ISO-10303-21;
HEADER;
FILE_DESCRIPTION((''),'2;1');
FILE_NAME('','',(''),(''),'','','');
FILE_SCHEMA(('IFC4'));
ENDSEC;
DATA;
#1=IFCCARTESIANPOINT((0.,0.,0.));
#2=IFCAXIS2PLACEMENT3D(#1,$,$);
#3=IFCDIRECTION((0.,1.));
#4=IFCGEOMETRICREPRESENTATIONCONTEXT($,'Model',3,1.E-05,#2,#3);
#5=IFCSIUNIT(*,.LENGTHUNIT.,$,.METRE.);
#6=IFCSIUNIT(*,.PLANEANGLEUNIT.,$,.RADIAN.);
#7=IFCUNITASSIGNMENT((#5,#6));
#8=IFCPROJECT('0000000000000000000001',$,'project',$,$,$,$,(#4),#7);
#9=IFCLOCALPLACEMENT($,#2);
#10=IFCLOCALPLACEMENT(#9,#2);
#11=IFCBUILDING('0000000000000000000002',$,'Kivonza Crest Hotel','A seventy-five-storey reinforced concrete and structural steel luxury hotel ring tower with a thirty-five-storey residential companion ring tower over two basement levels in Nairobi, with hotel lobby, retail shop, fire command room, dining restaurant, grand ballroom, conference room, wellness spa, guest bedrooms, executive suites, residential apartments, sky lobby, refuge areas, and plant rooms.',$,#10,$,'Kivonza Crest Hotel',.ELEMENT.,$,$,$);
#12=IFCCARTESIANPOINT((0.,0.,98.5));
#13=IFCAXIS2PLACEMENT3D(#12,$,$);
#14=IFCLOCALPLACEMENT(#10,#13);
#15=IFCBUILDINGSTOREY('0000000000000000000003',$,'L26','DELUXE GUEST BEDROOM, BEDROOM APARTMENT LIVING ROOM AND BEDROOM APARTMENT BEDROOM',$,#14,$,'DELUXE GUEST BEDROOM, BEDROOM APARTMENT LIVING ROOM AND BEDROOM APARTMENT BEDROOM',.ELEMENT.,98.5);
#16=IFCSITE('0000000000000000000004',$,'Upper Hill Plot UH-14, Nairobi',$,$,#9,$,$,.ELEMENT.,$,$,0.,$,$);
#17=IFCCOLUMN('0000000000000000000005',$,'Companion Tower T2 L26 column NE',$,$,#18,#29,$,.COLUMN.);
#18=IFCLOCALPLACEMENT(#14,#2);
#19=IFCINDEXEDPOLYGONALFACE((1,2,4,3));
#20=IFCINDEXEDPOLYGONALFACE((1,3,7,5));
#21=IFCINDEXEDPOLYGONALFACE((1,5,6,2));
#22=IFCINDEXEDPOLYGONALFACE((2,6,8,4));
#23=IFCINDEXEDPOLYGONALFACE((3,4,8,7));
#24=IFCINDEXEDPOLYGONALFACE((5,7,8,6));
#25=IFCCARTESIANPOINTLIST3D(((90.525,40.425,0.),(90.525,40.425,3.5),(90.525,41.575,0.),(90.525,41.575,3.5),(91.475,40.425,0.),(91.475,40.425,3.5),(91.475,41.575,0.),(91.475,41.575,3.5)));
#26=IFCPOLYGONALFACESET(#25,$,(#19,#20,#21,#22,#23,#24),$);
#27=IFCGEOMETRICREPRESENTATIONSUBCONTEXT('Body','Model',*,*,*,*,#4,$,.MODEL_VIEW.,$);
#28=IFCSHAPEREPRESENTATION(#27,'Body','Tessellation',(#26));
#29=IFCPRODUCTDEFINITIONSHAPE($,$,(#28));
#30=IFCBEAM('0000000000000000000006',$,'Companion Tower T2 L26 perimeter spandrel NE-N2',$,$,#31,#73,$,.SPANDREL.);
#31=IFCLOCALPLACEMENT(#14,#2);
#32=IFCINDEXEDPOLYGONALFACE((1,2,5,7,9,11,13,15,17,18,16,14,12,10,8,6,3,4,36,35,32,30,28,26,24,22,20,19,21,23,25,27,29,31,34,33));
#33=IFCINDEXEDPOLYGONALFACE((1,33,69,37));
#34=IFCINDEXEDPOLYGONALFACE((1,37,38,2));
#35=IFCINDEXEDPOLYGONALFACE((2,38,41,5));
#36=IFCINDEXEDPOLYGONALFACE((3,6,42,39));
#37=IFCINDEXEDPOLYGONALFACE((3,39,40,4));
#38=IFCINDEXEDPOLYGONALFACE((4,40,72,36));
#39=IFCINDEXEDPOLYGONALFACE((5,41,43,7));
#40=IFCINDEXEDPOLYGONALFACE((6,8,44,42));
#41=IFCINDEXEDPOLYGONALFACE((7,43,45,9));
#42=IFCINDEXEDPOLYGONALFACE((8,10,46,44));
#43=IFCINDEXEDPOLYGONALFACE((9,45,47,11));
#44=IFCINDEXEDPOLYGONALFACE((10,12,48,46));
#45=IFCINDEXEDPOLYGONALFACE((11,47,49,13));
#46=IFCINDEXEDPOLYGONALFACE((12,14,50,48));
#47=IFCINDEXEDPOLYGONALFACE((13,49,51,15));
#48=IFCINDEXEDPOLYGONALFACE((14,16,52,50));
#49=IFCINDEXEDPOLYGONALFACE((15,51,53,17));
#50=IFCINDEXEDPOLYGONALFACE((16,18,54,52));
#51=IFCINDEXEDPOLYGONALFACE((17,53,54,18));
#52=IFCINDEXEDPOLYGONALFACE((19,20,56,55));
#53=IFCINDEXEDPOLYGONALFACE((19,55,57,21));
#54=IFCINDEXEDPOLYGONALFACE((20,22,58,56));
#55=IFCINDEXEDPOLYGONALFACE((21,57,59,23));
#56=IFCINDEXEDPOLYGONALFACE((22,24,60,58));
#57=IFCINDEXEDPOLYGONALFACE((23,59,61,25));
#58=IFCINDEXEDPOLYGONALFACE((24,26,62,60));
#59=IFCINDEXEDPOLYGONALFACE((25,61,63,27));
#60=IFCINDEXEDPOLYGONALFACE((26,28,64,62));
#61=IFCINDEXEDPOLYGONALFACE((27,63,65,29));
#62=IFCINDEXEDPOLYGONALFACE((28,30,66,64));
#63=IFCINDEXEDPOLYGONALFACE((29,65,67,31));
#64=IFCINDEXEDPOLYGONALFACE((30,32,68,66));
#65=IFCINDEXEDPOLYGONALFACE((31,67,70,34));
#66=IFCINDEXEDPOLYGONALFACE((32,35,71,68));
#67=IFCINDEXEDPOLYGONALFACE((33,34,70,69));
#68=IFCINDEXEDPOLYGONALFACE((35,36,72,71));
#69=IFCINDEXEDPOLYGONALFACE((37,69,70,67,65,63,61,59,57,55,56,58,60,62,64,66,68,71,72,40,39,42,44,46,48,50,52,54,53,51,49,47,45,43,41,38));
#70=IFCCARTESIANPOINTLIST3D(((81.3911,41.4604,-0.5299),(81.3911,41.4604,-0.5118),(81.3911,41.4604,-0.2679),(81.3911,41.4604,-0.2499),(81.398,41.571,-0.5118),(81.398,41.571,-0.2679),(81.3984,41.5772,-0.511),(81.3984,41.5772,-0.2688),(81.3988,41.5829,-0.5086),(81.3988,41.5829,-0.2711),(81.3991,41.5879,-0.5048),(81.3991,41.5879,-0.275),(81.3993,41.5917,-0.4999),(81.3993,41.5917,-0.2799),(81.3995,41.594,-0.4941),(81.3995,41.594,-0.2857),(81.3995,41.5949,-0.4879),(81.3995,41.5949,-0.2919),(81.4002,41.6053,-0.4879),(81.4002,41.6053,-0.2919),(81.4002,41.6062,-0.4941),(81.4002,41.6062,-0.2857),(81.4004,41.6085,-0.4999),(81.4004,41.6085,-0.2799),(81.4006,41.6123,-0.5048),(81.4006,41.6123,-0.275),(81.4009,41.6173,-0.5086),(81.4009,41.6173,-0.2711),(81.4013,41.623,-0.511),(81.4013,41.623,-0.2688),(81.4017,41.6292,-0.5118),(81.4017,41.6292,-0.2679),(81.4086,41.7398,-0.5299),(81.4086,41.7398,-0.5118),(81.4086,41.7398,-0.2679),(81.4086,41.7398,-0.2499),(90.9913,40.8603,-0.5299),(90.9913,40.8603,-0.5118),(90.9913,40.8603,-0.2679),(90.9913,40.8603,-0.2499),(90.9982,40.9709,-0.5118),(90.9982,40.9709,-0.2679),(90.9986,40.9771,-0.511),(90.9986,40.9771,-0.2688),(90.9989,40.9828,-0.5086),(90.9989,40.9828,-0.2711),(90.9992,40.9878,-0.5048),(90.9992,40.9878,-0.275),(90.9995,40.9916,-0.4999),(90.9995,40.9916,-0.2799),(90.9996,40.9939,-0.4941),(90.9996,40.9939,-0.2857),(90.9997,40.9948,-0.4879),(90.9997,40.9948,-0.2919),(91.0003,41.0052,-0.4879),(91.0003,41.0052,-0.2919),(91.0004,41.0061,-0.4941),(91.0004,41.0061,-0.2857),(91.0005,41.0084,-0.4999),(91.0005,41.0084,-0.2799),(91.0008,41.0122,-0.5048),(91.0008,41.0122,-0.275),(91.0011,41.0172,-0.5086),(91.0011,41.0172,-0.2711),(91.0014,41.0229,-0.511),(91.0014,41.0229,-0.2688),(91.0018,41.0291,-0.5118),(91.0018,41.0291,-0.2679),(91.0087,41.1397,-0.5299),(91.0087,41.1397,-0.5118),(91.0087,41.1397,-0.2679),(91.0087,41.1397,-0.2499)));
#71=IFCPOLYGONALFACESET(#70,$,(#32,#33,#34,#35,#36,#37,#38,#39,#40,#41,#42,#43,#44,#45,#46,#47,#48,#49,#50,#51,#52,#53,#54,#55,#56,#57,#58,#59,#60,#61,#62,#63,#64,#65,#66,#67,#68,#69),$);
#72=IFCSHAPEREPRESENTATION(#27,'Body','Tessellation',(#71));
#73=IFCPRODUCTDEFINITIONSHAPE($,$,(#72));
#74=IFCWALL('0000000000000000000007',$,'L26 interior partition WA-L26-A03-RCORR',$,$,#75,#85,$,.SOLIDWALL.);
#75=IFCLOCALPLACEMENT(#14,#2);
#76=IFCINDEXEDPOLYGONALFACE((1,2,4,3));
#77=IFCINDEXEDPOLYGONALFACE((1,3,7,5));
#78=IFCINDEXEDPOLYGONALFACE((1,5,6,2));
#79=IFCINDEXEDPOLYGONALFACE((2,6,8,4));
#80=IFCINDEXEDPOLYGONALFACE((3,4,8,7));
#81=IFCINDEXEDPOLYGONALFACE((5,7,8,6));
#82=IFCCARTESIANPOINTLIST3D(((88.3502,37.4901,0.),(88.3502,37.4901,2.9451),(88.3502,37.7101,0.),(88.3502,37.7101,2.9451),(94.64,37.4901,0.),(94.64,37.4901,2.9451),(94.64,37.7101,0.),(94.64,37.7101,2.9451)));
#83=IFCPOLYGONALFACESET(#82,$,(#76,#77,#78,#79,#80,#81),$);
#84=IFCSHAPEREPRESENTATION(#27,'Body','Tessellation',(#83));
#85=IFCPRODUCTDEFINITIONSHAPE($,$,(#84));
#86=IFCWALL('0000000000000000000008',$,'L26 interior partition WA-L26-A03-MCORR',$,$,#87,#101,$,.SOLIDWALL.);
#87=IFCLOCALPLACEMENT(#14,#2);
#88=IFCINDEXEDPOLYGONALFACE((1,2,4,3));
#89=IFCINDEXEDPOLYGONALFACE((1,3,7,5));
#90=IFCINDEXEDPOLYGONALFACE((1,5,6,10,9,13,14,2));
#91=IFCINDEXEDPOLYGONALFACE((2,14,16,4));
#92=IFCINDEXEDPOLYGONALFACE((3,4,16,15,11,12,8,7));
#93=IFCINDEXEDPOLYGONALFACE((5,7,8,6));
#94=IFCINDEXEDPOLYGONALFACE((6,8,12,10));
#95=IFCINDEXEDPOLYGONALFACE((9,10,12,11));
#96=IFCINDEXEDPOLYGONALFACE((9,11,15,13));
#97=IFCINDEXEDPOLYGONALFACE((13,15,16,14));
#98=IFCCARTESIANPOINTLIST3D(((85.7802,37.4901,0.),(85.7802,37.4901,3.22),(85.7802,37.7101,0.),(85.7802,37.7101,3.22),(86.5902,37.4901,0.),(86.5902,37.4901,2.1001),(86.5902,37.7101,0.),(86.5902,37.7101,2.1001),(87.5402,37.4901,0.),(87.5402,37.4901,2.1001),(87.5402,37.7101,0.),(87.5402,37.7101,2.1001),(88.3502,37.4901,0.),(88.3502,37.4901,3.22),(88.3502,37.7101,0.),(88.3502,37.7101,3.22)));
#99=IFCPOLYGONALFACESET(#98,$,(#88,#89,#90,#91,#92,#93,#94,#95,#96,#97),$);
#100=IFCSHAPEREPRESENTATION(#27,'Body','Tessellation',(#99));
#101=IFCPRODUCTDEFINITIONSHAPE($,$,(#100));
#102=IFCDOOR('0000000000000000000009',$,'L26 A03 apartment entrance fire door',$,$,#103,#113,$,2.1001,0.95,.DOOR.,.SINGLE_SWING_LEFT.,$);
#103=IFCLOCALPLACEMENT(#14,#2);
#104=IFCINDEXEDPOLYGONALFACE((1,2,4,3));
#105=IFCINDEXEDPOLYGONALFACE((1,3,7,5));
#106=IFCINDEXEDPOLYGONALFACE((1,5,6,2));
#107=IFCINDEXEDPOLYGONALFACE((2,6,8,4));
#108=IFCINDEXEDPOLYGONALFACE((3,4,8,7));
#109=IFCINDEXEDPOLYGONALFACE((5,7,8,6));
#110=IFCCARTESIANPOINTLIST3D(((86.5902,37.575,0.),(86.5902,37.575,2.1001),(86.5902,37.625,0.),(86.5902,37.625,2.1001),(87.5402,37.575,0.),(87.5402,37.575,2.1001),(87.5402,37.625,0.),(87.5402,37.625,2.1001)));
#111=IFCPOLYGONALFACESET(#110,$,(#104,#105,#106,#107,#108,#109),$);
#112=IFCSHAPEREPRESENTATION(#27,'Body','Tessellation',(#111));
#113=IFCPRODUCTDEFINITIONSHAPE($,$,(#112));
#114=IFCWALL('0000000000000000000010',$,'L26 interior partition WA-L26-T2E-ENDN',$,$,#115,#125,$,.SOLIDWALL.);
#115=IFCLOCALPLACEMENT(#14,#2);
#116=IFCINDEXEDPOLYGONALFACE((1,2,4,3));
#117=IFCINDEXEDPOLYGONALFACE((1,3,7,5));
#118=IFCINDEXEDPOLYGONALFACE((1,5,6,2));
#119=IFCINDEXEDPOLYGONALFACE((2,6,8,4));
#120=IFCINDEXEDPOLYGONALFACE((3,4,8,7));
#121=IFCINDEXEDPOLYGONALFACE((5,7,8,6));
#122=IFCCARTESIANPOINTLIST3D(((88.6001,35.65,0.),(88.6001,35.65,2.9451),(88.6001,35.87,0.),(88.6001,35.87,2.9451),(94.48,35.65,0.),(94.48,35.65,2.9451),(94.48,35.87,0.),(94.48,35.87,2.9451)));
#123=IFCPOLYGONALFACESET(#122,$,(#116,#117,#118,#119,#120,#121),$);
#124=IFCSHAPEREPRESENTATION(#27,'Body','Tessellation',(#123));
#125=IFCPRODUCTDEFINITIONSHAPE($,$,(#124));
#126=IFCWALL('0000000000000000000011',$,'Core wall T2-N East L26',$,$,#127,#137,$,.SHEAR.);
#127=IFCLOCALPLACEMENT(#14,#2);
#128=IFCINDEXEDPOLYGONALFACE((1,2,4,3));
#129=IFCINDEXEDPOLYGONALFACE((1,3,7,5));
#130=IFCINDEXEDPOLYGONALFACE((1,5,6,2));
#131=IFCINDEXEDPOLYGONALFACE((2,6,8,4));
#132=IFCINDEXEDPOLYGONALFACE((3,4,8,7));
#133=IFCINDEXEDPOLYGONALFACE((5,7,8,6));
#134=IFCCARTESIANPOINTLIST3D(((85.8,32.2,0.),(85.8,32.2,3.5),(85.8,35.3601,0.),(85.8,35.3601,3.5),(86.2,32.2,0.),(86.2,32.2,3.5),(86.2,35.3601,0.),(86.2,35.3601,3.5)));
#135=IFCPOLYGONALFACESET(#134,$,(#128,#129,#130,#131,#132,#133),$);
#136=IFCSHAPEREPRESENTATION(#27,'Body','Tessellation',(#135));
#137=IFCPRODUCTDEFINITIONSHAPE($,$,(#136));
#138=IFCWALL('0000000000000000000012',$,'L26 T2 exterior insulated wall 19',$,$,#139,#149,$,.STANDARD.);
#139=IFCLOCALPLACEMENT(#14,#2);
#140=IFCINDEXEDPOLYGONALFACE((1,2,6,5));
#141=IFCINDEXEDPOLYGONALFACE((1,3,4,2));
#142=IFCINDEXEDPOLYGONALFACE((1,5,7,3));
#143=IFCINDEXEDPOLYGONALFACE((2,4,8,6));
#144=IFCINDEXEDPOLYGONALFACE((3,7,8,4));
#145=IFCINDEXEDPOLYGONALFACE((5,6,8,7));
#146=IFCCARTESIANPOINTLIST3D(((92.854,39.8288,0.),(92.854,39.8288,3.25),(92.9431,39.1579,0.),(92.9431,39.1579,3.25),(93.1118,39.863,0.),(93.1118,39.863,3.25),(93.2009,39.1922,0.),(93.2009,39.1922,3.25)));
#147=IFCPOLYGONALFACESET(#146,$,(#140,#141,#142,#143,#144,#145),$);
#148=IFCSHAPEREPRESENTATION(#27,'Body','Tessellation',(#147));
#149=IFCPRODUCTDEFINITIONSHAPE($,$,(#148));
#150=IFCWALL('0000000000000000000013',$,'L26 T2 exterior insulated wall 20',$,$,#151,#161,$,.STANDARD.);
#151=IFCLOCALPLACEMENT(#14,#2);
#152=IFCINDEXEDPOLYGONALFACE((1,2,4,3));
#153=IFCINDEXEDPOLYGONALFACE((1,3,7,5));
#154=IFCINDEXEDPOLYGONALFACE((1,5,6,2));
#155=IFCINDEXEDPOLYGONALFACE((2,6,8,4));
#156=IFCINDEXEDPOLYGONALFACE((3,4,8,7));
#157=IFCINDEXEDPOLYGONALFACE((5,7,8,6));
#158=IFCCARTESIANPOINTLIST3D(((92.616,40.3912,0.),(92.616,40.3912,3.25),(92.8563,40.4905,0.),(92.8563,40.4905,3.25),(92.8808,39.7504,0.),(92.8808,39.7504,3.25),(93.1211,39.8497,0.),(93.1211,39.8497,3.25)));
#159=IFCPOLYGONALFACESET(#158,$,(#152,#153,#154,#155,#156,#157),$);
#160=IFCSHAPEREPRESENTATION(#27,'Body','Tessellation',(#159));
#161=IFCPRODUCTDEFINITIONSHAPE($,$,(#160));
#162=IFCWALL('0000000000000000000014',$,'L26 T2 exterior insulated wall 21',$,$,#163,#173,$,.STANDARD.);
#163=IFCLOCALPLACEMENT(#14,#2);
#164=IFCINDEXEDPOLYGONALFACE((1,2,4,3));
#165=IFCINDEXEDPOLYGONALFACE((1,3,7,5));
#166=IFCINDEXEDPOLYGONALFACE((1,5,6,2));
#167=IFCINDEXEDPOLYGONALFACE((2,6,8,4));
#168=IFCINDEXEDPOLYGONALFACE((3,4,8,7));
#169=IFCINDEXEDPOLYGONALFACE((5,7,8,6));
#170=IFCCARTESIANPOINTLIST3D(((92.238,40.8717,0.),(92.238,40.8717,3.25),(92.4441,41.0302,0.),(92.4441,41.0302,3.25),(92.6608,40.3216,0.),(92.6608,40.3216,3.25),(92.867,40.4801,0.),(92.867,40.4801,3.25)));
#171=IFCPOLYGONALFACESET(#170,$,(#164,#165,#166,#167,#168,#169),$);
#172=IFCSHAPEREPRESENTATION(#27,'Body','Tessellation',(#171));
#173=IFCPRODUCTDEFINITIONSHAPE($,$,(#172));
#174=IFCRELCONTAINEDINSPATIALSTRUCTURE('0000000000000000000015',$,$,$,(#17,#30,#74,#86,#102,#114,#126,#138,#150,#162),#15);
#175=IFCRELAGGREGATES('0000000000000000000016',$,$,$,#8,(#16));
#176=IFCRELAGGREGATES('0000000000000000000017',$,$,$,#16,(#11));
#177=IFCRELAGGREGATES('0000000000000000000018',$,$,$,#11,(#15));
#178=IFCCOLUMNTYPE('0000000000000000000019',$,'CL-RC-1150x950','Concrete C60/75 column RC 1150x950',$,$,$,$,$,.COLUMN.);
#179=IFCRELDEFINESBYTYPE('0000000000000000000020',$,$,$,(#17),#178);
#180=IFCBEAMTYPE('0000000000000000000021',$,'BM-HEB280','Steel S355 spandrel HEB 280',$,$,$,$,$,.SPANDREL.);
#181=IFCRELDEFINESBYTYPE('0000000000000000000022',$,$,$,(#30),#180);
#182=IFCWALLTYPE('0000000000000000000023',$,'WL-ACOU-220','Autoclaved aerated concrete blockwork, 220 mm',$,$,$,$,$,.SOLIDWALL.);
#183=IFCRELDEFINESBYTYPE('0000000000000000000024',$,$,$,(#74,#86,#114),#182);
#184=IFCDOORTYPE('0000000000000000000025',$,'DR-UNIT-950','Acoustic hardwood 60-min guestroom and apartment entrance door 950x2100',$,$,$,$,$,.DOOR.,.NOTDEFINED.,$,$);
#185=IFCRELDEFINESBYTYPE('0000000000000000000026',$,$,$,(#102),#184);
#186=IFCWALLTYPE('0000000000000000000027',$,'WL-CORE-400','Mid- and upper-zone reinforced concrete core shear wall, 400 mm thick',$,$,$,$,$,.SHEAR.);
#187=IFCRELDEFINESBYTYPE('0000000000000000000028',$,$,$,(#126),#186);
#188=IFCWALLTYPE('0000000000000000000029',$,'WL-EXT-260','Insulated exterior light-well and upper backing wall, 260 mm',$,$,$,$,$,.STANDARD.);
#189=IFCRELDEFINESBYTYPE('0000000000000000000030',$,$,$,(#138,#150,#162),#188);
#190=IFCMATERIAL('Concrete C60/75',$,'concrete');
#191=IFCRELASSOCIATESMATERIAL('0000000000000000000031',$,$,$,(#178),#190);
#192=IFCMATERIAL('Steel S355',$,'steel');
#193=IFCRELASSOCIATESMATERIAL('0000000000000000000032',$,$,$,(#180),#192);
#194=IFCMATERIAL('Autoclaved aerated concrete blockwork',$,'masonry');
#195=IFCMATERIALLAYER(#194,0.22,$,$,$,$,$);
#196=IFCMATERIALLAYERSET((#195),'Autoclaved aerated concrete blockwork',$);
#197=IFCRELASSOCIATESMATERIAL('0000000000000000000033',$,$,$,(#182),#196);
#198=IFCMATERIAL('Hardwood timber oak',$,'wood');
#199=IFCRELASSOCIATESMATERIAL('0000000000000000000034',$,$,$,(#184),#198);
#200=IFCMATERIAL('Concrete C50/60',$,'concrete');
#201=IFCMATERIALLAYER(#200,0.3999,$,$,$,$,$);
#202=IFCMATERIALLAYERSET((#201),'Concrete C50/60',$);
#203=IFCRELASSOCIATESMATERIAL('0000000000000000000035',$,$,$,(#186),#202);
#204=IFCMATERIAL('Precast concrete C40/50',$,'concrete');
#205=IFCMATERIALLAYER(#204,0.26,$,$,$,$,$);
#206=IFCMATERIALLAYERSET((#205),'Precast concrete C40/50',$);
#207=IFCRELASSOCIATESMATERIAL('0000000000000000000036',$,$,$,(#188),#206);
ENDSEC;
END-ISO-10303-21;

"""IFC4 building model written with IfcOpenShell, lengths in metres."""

from ifc_helpers import new_model, si_unit, direction, frame, frame_2d, origin, origin_2d, place, context, subcontext, project, spatial, rectangle, i_section, extrude, material, layer, layer_set, material_profile, profile_set, type_object, element, fill, save


model = new_model("IFC4")

# Units and contexts
model_context = context("Model", 3, precision=1e-05, world=origin(), true_north=direction((0.0, 1.0)))
body_context = subcontext(model_context, "Body", "Model", "MODEL_VIEW")
ifc_project = project(units=[si_unit("LENGTHUNIT", "METRE"), si_unit("PLANEANGLEUNIT", "RADIAN")], contexts=[model_context])

# Site, building, storey
site_placement = place(None, origin())
site = spatial("IfcSite", under=ifc_project, at=site_placement, Name="Upper Hill Plot UH-14, Nairobi", CompositionType="ELEMENT", RefElevation=0.0)
building_placement = place(site_placement, origin())
building = spatial("IfcBuilding", under=site, at=building_placement, Name="Kivonza Crest Hotel", Description="A seventy-five-storey reinforced concrete and structural steel luxury hotel ring tower with a thirty-five-storey residential companion ring tower over two basement levels in Nairobi, with hotel lobby, retail shop, fire command room, dining restaurant, grand ballroom, conference room, wellness spa, guest bedrooms, executive suites, residential apartments, sky lobby, refuge areas, and plant rooms.", LongName="Kivonza Crest Hotel", CompositionType="ELEMENT")
storey_placement = place(building_placement, frame((0.0, 0.0, 98.5)))
storey = spatial("IfcBuildingStorey", under=building, at=storey_placement, Name="L26", Description="DELUXE GUEST BEDROOM, BEDROOM APARTMENT LIVING ROOM AND BEDROOM APARTMENT BEDROOM", LongName="DELUXE GUEST BEDROOM, BEDROOM APARTMENT LIVING ROOM AND BEDROOM APARTMENT BEDROOM", CompositionType="ELEMENT", Elevation=98.5)

# Column
ifc_material_1 = material(Name="Concrete C60/75", Category="concrete")
ifc_material_profile_1 = material_profile(ifc_material_1, rectangle(XDim=0.95, YDim=1.1499, at=origin_2d()), Name="RC 1150x950")
ifc_profile_set_1 = profile_set([ifc_material_profile_1], Name="Concrete C60/75")
column_type = type_object("IfcColumnType", Name="CL-RC-1150x950", Description="Concrete C60/75 column RC 1150x950", PredefinedType="COLUMN", material=ifc_profile_set_1)
column_placement = place(storey_placement, frame((91.0, 41.0, 0.0), z_axis=(0.0, 0.0, 1.0), x_axis=(1.0, 0.0, 0.0)))
element("IfcColumn", 1, at=column_placement, inside=storey, type_object=column_type, Name="Companion Tower T2 L26 column NE", PredefinedType="COLUMN", context=body_context, shape_type="SweptSolid", body=[
    extrude(rectangle(XDim=0.95, YDim=1.1499, at=origin_2d()), origin(), (0.0, 0.0, 1.0), 3.5),
])

# Beam
ifc_material_2 = material(Name="Steel S355", Category="steel")
ifc_material_profile_2 = material_profile(ifc_material_2, i_section(OverallWidth=0.28, OverallDepth=0.28, WebThickness=0.0105, FlangeThickness=0.0181, FilletRadius=0.0239, at=origin_2d()), Name="HEB 280")
ifc_profile_set_2 = profile_set([ifc_material_profile_2], Name="Steel S355")
beam_type = type_object("IfcBeamType", Name="BM-HEB280", Description="Steel S355 spandrel HEB 280", PredefinedType="SPANDREL", material=ifc_profile_set_2)
beam_placement = place(storey_placement, frame((91.0, 41.0, -0.3899), z_axis=(-0.998052, 0.062388, 0.0), x_axis=(-0.062388, -0.998052, 0.0)))
element("IfcBeam", 2, at=beam_placement, inside=storey, type_object=beam_type, Name="Companion Tower T2 L26 perimeter spandrel NE-N2", PredefinedType="SPANDREL", context=body_context, shape_type="SweptSolid", body=[
    extrude(i_section(OverallWidth=0.28, OverallDepth=0.28, WebThickness=0.0105, FlangeThickness=0.0181, FilletRadius=0.0239, at=origin_2d()), origin(), (0.0, 0.0, 1.0), 9.6189),
])

# Wall
ifc_material_3 = material(Name="Autoclaved aerated concrete blockwork", Category="masonry")
ifc_layer_1 = layer(ifc_material_3, 0.22)
ifc_layer_set_1 = layer_set([ifc_layer_1], Name="Autoclaved aerated concrete blockwork")
wall_type_1 = type_object("IfcWallType", Name="WL-ACOU-220", Description="Autoclaved aerated concrete blockwork, 220 mm", PredefinedType="SOLIDWALL", material=ifc_layer_set_1)
wall_1_placement = place(storey_placement, frame((88.3501, 37.6001, 0.0), z_axis=(0.0, 0.0, 1.0), x_axis=(1.0, 0.0, 0.0)))
element("IfcWall", 3, at=wall_1_placement, inside=storey, type_object=wall_type_1, Name="L26 interior partition WA-L26-A03-RCORR", PredefinedType="SOLIDWALL", context=body_context, shape_type="SweptSolid", body=[
    extrude(rectangle(XDim=6.2898, YDim=0.22, at=frame_2d((3.145, 0.0))), origin(), (0.0, 0.0, 1.0), 2.9451),
])

# Wall, opening, door
wall_2_placement = place(storey_placement, frame((85.78, 37.6001, 0.0), z_axis=(0.0, 0.0, 1.0), x_axis=(1.0, 0.0, 0.0)))
wall_2 = element("IfcWall", 4, at=wall_2_placement, inside=storey, type_object=wall_type_1, Name="L26 interior partition WA-L26-A03-MCORR", PredefinedType="SOLIDWALL", context=body_context, shape_type="SweptSolid", body=[
    extrude(rectangle(XDim=2.5701, YDim=0.22, at=frame_2d((1.2852, 0.0))), origin(), (0.0, 0.0, 1.0), 3.22),
])
opening_1_placement = place(wall_2_placement, frame((0.8101, 0.0, 0.0)))
opening_1 = element("IfcOpeningElement", 5, at=opening_1_placement, cuts=wall_2, PredefinedType="OPENING", context=body_context, shape_type="SweptSolid", body=[
    extrude(rectangle(XDim=0.95, YDim=2.1001, at=frame_2d((0.4751, 1.05))), frame((0.0, 0.1201, 0.0), z_axis=(0.0, -1.0, 0.0), x_axis=(1.0, 0.0, 0.0)), (0.0, 0.0, 1.0), 0.24),
])
ifc_material_4 = material(Name="Hardwood timber oak", Category="wood")
door_type_1 = type_object("IfcDoorType", Name="DR-UNIT-950", Description="Acoustic hardwood 60-min guestroom and apartment entrance door 950x2100", OperationType="NOTDEFINED", PredefinedType="DOOR", material=ifc_material_4)
door_1_placement = place(opening_1_placement, origin())
door_1 = element("IfcDoor", 6, at=door_1_placement, inside=storey, type_object=door_type_1, Name="L26 A03 apartment entrance fire door", OperationType="SINGLE_SWING_LEFT", OverallHeight=2.1001, OverallWidth=0.95, PredefinedType="DOOR", context=body_context, shape_type="SweptSolid", body=[
    extrude(rectangle(XDim=0.95, YDim=2.1001, at=frame_2d((0.4751, 1.05))), frame((0.0, 0.0249, 0.0), z_axis=(0.0, -1.0, 0.0), x_axis=(1.0, 0.0, 0.0)), (0.0, 0.0, 1.0), 0.05),
])
fill(opening_1, door_1)

# Walls
wall_3_placement = place(storey_placement, frame((88.6001, 35.76, 0.0), z_axis=(0.0, 0.0, 1.0), x_axis=(1.0, 0.0, 0.0)))
element("IfcWall", 7, at=wall_3_placement, inside=storey, type_object=wall_type_1, Name="L26 interior partition WA-L26-T2E-ENDN", PredefinedType="SOLIDWALL", context=body_context, shape_type="SweptSolid", body=[
    extrude(rectangle(XDim=5.8799, YDim=0.22, at=frame_2d((2.9399, 0.0))), origin(), (0.0, 0.0, 1.0), 2.9451),
])
ifc_material_5 = material(Name="Concrete C50/60", Category="concrete")
ifc_layer_2 = layer(ifc_material_5, 0.3999)
ifc_layer_set_2 = layer_set([ifc_layer_2], Name="Concrete C50/60")
wall_type_2 = type_object("IfcWallType", Name="WL-CORE-400", Description="Mid- and upper-zone reinforced concrete core shear wall, 400 mm thick", PredefinedType="SHEAR", material=ifc_layer_set_2)
wall_4_placement = place(storey_placement, frame((86.0, 32.2, 0.0), z_axis=(0.0, 0.0, 1.0), x_axis=(0.0, 1.0, 0.0)))
element("IfcWall", 8, at=wall_4_placement, inside=storey, type_object=wall_type_2, Name="Core wall T2-N East L26", PredefinedType="SHEAR", context=body_context, shape_type="SweptSolid", body=[
    extrude(rectangle(XDim=3.1602, YDim=0.3999, at=frame_2d((1.5801, 0.0))), origin(), (0.0, 0.0, 1.0), 3.5),
])
ifc_material_6 = material(Name="Precast concrete C40/50", Category="concrete")
ifc_layer_3 = layer(ifc_material_6, 0.26)
ifc_layer_set_3 = layer_set([ifc_layer_3], Name="Precast concrete C40/50")
wall_type_3 = type_object("IfcWallType", Name="WL-EXT-260", Description="Insulated exterior light-well and upper backing wall, 260 mm", PredefinedType="STANDARD", material=ifc_layer_set_3)
wall_5_placement = place(storey_placement, frame((93.072, 39.175, 0.0), z_axis=(0.0, 0.0, 1.0), x_axis=(-0.131667, 0.991294, 0.0)))
element("IfcWall", 9, at=wall_5_placement, inside=storey, type_object=wall_type_3, Name="L26 T2 exterior insulated wall 19", PredefinedType="STANDARD", context=body_context, shape_type="SweptSolid", body=[
    extrude(rectangle(XDim=0.6768, YDim=0.26, at=frame_2d((0.3384, 0.0))), origin(), (0.0, 0.0, 1.0), 3.25),
])
wall_6_placement = place(storey_placement, frame((93.001, 39.8, 0.0), z_axis=(0.0, 0.0, 1.0), x_axis=(-0.381989, 0.924167, 0.0)))
element("IfcWall", 10, at=wall_6_placement, inside=storey, type_object=wall_type_3, Name="L26 T2 exterior insulated wall 20", PredefinedType="STANDARD", context=body_context, shape_type="SweptSolid", body=[
    extrude(rectangle(XDim=0.6934, YDim=0.26, at=frame_2d((0.3467, 0.0))), origin(), (0.0, 0.0, 1.0), 3.25),
])
wall_7_placement = place(storey_placement, frame((92.7639, 40.4009, 0.0), z_axis=(0.0, 0.0, 1.0), x_axis=(-0.609473, 0.792807, 0.0)))
element("IfcWall", 11, at=wall_7_placement, inside=storey, type_object=wall_type_3, Name="L26 T2 exterior insulated wall 21", PredefinedType="STANDARD", context=body_context, shape_type="SweptSolid", body=[
    extrude(rectangle(XDim=0.6938, YDim=0.26, at=frame_2d((0.3469, 0.0))), origin(), (0.0, 0.0, 1.0), 3.25),
])

save(model, "model.ifc")
